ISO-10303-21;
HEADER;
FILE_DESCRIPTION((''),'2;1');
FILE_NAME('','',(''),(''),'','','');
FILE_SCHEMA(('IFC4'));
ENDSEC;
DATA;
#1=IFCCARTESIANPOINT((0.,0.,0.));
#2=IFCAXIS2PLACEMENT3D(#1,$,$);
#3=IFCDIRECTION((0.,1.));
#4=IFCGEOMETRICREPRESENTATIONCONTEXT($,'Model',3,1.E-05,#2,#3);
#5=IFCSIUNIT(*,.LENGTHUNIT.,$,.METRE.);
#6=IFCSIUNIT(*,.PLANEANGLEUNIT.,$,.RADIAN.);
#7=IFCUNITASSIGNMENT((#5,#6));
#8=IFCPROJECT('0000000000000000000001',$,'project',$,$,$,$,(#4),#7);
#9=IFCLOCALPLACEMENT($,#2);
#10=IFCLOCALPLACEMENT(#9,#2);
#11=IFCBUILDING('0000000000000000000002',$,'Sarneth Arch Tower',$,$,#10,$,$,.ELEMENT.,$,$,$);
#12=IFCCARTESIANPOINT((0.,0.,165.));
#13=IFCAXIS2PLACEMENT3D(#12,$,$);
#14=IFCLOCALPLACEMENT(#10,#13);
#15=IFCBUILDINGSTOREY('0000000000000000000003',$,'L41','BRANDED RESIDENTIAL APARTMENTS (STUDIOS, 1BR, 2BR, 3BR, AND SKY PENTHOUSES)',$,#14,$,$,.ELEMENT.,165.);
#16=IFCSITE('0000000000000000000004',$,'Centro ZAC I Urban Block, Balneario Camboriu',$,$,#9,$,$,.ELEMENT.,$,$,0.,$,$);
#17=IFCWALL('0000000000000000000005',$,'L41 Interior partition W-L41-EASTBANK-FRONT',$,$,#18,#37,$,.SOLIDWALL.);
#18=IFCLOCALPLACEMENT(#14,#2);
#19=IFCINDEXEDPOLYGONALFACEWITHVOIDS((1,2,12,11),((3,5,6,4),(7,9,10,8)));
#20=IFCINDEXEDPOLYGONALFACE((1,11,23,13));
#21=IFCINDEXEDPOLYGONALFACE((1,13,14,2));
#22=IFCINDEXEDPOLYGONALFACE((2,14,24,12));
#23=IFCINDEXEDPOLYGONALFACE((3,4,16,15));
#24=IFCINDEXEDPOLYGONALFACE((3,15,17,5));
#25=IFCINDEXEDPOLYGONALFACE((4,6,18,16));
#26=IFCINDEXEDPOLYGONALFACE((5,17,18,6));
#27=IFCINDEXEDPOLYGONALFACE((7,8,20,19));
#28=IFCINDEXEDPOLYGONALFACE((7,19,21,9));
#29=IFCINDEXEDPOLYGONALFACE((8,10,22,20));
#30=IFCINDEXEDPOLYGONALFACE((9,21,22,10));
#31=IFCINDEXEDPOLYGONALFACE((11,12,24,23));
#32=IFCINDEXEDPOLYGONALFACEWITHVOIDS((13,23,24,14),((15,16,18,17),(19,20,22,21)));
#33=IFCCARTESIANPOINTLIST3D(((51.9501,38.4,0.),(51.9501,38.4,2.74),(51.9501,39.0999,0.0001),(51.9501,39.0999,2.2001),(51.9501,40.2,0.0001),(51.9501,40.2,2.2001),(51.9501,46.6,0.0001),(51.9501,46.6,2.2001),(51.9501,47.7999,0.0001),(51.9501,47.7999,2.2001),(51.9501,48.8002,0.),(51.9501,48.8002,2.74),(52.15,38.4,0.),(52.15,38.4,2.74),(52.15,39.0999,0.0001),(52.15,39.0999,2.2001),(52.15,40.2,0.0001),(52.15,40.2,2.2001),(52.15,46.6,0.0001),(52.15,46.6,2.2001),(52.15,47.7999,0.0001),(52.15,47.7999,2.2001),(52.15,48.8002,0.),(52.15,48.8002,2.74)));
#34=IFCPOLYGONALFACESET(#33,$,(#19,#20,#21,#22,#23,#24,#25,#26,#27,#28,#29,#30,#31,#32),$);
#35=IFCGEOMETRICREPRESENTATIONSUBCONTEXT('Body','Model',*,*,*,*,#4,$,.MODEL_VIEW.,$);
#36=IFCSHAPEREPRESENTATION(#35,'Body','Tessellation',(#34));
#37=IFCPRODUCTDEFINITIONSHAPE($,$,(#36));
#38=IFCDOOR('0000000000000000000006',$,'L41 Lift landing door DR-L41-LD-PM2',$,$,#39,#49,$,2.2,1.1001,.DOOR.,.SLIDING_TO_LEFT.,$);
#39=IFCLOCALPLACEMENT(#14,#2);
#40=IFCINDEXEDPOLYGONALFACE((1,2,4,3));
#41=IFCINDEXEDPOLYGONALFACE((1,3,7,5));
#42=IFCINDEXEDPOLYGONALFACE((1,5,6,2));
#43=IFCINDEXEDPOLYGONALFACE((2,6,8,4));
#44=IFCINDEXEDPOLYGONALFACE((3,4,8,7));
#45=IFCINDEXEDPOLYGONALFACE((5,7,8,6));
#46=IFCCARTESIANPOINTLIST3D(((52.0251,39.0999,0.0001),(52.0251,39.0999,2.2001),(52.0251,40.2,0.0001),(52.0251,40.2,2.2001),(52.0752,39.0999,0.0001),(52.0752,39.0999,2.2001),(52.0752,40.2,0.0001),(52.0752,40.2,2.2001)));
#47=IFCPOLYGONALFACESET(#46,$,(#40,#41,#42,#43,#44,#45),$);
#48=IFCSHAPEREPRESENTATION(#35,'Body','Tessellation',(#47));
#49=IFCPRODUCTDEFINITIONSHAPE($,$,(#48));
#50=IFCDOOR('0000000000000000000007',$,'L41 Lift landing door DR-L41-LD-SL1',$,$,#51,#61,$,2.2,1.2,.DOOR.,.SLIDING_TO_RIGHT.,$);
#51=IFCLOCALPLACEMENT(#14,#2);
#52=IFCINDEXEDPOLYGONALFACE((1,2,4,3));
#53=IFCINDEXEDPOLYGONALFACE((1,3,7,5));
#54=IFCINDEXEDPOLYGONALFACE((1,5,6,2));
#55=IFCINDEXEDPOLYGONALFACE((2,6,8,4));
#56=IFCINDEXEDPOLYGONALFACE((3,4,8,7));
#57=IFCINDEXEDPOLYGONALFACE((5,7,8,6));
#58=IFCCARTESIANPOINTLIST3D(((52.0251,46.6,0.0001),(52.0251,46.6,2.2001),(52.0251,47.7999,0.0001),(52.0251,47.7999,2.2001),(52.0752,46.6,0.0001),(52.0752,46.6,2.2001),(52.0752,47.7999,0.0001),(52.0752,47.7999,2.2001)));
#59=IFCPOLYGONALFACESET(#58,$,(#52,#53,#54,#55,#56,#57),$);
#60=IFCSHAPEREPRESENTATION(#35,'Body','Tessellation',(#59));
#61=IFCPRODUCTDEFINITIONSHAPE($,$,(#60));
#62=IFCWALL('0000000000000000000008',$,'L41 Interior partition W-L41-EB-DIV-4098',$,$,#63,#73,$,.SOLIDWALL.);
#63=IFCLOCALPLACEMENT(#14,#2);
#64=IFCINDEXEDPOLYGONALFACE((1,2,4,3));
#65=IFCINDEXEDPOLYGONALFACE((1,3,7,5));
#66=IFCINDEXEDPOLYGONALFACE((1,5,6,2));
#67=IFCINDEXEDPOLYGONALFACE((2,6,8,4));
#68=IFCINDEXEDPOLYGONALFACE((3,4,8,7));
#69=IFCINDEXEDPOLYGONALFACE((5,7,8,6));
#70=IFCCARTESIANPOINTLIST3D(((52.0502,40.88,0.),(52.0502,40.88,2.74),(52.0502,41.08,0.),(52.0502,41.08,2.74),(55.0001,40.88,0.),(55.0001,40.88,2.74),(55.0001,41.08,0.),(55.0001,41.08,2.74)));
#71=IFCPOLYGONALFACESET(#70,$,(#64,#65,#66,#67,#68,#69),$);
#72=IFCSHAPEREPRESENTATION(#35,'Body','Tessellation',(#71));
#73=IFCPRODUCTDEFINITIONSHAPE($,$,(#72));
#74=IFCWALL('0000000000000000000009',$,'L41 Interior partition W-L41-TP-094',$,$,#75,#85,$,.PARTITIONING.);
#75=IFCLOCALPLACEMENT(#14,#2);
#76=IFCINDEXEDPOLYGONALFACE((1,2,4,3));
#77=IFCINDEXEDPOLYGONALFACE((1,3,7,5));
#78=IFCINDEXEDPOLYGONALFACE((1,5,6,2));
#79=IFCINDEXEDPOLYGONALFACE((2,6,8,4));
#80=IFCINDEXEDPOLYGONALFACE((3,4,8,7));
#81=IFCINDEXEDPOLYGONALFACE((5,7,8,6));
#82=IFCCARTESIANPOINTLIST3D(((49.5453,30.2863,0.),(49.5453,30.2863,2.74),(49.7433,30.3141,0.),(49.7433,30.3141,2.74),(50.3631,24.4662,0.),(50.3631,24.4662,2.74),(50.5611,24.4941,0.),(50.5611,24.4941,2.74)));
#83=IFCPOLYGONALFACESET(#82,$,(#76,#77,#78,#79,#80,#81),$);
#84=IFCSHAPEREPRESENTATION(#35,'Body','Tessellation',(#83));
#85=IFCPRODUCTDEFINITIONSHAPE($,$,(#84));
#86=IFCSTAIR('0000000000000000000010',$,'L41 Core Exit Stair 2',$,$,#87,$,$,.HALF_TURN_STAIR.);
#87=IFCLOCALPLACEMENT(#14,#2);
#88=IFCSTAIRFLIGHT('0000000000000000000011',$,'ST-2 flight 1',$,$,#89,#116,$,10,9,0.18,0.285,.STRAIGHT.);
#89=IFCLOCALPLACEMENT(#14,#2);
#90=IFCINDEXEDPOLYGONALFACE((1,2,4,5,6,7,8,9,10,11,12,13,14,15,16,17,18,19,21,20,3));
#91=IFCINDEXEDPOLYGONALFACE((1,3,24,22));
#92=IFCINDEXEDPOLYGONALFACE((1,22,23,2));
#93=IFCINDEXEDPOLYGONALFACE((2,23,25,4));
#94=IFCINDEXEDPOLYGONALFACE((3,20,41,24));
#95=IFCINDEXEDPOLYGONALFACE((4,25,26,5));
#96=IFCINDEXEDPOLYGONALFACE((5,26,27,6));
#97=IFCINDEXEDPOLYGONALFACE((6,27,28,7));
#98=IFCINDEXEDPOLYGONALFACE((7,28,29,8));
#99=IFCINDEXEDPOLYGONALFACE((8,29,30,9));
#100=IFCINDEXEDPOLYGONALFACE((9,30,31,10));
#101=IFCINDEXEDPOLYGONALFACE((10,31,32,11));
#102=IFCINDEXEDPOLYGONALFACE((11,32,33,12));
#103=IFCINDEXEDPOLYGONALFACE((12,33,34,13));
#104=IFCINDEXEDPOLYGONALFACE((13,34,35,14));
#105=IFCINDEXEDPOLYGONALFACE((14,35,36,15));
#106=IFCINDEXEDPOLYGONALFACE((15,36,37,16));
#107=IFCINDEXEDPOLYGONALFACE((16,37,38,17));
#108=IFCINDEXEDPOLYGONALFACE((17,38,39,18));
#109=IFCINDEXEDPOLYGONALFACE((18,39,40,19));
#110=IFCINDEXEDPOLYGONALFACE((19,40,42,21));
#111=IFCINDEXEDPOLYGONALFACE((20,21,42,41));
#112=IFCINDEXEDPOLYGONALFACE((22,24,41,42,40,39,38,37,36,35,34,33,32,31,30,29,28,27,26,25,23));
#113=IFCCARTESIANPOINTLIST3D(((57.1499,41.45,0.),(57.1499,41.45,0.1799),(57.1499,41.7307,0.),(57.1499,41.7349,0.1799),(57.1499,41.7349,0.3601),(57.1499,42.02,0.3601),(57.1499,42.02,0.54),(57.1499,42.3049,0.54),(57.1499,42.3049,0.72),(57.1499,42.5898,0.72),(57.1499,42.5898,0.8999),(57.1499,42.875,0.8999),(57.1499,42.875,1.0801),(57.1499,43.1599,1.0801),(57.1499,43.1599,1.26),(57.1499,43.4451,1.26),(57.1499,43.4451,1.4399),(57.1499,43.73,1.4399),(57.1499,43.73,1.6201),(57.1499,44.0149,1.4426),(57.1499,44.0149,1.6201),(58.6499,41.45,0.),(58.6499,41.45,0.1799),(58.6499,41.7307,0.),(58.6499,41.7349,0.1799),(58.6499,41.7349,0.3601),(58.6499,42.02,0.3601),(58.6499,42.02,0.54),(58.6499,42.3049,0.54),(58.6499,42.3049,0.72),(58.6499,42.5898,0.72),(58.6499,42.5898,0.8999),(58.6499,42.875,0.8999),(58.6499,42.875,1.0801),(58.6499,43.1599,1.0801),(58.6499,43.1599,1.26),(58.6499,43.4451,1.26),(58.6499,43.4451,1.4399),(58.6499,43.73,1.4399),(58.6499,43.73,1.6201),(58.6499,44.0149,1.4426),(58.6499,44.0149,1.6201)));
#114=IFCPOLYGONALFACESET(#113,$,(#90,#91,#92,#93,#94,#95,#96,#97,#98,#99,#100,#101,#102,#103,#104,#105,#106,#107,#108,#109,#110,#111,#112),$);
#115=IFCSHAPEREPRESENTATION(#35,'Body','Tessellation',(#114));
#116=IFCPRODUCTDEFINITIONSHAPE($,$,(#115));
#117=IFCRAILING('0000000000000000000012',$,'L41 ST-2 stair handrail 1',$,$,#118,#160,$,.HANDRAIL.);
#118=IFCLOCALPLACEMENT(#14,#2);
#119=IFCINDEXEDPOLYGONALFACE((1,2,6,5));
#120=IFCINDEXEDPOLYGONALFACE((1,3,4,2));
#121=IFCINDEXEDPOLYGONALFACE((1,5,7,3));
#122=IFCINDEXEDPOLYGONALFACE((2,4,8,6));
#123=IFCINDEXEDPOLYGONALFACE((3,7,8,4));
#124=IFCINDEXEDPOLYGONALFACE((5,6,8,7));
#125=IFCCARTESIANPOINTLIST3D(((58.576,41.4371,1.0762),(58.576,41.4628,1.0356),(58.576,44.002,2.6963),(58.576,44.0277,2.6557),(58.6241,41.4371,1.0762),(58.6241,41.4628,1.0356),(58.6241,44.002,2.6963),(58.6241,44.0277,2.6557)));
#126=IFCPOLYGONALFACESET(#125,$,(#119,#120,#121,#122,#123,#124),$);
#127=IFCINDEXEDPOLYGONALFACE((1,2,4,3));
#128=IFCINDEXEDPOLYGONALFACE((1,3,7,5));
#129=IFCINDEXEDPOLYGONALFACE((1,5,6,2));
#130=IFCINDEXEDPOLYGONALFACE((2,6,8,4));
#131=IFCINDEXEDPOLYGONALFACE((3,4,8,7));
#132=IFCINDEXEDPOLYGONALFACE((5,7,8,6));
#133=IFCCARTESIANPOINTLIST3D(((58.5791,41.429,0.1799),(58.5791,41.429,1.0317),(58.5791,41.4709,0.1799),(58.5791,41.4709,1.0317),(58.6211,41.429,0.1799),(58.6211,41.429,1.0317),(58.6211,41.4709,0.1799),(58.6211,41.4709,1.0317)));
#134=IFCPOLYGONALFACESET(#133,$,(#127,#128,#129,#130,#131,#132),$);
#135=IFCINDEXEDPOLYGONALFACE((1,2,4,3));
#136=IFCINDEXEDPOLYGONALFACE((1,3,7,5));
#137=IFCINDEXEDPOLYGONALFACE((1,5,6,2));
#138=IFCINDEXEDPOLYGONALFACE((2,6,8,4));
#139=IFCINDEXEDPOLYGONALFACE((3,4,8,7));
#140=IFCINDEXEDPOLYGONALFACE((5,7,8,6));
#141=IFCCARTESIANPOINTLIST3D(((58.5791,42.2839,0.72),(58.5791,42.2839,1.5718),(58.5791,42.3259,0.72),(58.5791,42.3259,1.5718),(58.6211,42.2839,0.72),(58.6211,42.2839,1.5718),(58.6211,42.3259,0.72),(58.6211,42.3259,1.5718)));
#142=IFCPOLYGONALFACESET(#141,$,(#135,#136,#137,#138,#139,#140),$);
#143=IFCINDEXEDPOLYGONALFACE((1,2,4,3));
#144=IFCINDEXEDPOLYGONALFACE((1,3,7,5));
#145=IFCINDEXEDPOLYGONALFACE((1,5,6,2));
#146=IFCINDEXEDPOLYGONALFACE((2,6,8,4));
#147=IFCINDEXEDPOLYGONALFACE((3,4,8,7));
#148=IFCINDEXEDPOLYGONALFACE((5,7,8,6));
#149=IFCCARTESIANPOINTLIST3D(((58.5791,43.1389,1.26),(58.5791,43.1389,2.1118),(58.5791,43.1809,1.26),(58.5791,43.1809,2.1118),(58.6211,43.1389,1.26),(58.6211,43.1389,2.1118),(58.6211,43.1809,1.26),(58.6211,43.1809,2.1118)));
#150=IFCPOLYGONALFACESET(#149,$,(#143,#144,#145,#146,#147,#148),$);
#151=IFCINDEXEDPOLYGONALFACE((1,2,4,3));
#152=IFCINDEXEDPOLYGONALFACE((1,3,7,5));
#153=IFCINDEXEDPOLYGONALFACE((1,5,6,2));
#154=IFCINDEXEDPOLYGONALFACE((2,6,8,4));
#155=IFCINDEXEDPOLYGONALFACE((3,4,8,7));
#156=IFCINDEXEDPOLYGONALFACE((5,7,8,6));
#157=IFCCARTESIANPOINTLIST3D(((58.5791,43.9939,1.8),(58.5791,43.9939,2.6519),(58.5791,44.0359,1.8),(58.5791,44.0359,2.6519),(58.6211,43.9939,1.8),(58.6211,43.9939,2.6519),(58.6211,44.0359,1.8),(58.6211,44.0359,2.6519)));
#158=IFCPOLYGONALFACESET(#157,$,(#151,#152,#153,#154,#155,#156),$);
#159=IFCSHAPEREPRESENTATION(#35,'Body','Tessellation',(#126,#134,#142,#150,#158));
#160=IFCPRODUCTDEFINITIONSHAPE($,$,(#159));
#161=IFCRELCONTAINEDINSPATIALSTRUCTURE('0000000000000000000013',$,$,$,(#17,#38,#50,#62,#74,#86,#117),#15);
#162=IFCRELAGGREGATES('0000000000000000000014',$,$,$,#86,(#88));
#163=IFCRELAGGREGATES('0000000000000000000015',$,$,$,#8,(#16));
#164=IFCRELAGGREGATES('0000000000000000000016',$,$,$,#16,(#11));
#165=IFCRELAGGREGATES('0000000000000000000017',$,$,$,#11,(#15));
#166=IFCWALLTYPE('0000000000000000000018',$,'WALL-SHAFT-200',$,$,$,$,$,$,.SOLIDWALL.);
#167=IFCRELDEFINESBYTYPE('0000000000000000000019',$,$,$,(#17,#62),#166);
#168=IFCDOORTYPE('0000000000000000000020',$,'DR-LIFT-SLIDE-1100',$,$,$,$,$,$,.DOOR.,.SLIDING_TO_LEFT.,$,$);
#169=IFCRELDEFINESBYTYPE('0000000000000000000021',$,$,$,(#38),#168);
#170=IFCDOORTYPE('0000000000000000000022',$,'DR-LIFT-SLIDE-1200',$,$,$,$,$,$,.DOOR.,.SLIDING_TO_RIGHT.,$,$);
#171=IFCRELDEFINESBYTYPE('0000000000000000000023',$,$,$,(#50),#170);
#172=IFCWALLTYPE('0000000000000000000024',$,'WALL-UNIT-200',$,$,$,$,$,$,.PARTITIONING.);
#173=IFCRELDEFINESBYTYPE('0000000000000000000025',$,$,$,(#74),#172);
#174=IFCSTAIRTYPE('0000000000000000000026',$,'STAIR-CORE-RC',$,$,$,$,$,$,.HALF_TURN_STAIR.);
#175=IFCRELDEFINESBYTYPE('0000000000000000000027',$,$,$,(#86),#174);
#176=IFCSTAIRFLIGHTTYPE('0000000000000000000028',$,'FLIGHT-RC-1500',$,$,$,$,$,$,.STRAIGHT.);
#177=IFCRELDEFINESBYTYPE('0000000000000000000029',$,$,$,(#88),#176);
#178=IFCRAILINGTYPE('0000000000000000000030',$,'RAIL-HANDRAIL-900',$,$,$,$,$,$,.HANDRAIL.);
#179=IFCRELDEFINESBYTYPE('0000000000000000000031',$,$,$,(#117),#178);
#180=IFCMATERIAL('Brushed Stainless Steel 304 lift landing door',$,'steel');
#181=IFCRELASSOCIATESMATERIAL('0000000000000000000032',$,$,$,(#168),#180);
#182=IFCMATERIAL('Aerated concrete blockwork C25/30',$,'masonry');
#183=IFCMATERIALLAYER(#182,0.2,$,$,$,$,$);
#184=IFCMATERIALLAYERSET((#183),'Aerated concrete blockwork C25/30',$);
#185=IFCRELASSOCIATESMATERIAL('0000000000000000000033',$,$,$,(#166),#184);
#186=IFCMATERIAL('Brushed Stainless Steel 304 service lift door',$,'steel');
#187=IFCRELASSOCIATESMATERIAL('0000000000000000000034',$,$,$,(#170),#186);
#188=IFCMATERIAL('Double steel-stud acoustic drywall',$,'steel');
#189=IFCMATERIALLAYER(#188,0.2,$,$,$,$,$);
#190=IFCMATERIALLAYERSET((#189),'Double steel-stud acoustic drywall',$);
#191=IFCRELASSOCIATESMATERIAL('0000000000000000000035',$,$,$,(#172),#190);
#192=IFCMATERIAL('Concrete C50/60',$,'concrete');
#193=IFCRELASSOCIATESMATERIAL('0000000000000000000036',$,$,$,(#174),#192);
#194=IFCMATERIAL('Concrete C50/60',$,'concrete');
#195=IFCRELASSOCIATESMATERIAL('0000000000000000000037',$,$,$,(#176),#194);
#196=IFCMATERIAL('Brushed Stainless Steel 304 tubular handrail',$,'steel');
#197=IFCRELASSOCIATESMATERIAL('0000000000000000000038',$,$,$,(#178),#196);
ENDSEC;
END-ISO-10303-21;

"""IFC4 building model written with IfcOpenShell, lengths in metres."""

from ifc_helpers import new_model, si_unit, direction, frame, frame_2d, origin, origin_2d, place, context, subcontext, project, spatial, polyline, rectangle, outline, extrude, material, layer, layer_set, type_object, element, fill, aggregate, save


model = new_model("IFC4")

# Units and contexts
model_context = context("Model", 3, precision=1e-05, world=origin(), true_north=direction((0.0, 1.0)))
body_context = subcontext(model_context, "Body", "Model", "MODEL_VIEW")
ifc_project = project(units=[si_unit("LENGTHUNIT", "METRE"), si_unit("PLANEANGLEUNIT", "RADIAN")], contexts=[model_context])

# Site, building, storey
site_placement = place(None, origin())
site = spatial("IfcSite", under=ifc_project, at=site_placement, Name="Centro ZAC I Urban Block, Balneario Camboriu", CompositionType="ELEMENT", RefElevation=0.0)
building_placement = place(site_placement, origin())
building = spatial("IfcBuilding", under=site, at=building_placement, Name="Sarneth Arch Tower", CompositionType="ELEMENT")
storey_placement = place(building_placement, frame((0.0, 0.0, 165.0)))
storey = spatial("IfcBuildingStorey", under=building, at=storey_placement, Name="L41", Description="BRANDED RESIDENTIAL APARTMENTS (STUDIOS, 1BR, 2BR, 3BR, AND SKY PENTHOUSES)", CompositionType="ELEMENT", Elevation=165.0)

# Shared definitions
ifc_material_1 = material(Name="Brushed Stainless Steel 304 lift landing door", Category="steel")
door_type_1 = type_object("IfcDoorType", Name="DR-LIFT-SLIDE-1100", OperationType="SLIDING_TO_LEFT", PredefinedType="DOOR", material=ifc_material_1)

# Shared definitions
ifc_material_2 = material(Name="Aerated concrete blockwork C25/30", Category="masonry")
ifc_layer_1 = layer(ifc_material_2, 0.2)
ifc_layer_set_1 = layer_set([ifc_layer_1], Name="Aerated concrete blockwork C25/30")
wall_type_1 = type_object("IfcWallType", Name="WALL-SHAFT-200", PredefinedType="SOLIDWALL", material=ifc_layer_set_1)

# Wall, openings, doors
wall_1_placement = place(storey_placement, frame((52.05, 38.3999, 0.0), z_axis=(0.0, 0.0, 1.0), x_axis=(0.0, 1.0, 0.0)))
wall_1 = element("IfcWall", 1, at=wall_1_placement, inside=storey, type_object=wall_type_1, Name="L41 Interior partition W-L41-EASTBANK-FRONT", PredefinedType="SOLIDWALL", context=body_context, shape_type="SweptSolid", body=[
    extrude(rectangle(XDim=10.4001, YDim=0.2, at=frame_2d((5.2002, 0.0))), origin(), (0.0, 0.0, 1.0), 2.74),
])
opening_1_placement = place(wall_1_placement, frame((0.7, 0.0, 0.0)))
opening_1 = element("IfcOpeningElement", 2, at=opening_1_placement, cuts=wall_1, PredefinedType="OPENING", context=body_context, shape_type="SweptSolid", body=[
    extrude(rectangle(XDim=1.1001, YDim=2.2, at=frame_2d((0.55, 1.1001))), frame((0.0, 0.1099, 0.0), z_axis=(0.0, -1.0, 0.0), x_axis=(1.0, 0.0, 0.0)), (0.0, 0.0, 1.0), 0.22),
])
opening_2_placement = place(wall_1_placement, frame((8.2, 0.0, 0.0)))
opening_2 = element("IfcOpeningElement", 3, at=opening_2_placement, cuts=wall_1, PredefinedType="OPENING", context=body_context, shape_type="SweptSolid", body=[
    extrude(rectangle(XDim=1.2, YDim=2.2, at=frame_2d((0.6001, 1.1001))), frame((0.0, 0.1099, 0.0), z_axis=(0.0, -1.0, 0.0), x_axis=(1.0, 0.0, 0.0)), (0.0, 0.0, 1.0), 0.22),
])
door_1_placement = place(opening_1_placement, origin())
door_1 = element("IfcDoor", 4, at=door_1_placement, inside=storey, type_object=door_type_1, Name="L41 Lift landing door DR-L41-LD-PM2", OperationType="SLIDING_TO_LEFT", OverallHeight=2.2, OverallWidth=1.1001, PredefinedType="DOOR", context=body_context, shape_type="SweptSolid", body=[
    extrude(rectangle(XDim=1.1001, YDim=2.2, at=frame_2d((0.55, 1.1001))), frame((0.0, 0.0249, 0.0), z_axis=(0.0, -1.0, 0.0), x_axis=(1.0, 0.0, 0.0)), (0.0, 0.0, 1.0), 0.05),
])
fill(opening_1, door_1)
ifc_material_3 = material(Name="Brushed Stainless Steel 304 service lift door", Category="steel")
door_type_2 = type_object("IfcDoorType", Name="DR-LIFT-SLIDE-1200", OperationType="SLIDING_TO_RIGHT", PredefinedType="DOOR", material=ifc_material_3)
door_2_placement = place(opening_2_placement, origin())
door_2 = element("IfcDoor", 5, at=door_2_placement, inside=storey, type_object=door_type_2, Name="L41 Lift landing door DR-L41-LD-SL1", OperationType="SLIDING_TO_RIGHT", OverallHeight=2.2, OverallWidth=1.2, PredefinedType="DOOR", context=body_context, shape_type="SweptSolid", body=[
    extrude(rectangle(XDim=1.2, YDim=2.2, at=frame_2d((0.6001, 1.1001))), frame((0.0, 0.0249, 0.0), z_axis=(0.0, -1.0, 0.0), x_axis=(1.0, 0.0, 0.0)), (0.0, 0.0, 1.0), 0.05),
])
fill(opening_2, door_2)

# Walls
wall_2_placement = place(storey_placement, frame((52.05, 40.98, 0.0), z_axis=(0.0, 0.0, 1.0), x_axis=(1.0, 0.0, 0.0)))
element("IfcWall", 6, at=wall_2_placement, inside=storey, type_object=wall_type_1, Name="L41 Interior partition W-L41-EB-DIV-4098", PredefinedType="SOLIDWALL", context=body_context, shape_type="SweptSolid", body=[
    extrude(rectangle(XDim=2.95, YDim=0.2, at=frame_2d((1.4751, 0.0))), origin(), (0.0, 0.0, 1.0), 2.74),
])
ifc_material_4 = material(Name="Double steel-stud acoustic drywall", Category="steel")
ifc_layer_2 = layer(ifc_material_4, 0.2)
ifc_layer_set_2 = layer_set([ifc_layer_2], Name="Double steel-stud acoustic drywall")
wall_type_2 = type_object("IfcWallType", Name="WALL-UNIT-200", PredefinedType="PARTITIONING", material=ifc_layer_set_2)
wall_3_placement = place(storey_placement, frame((49.6443, 30.3, 0.0), z_axis=(0.0, 0.0, 1.0), x_axis=(0.139159, -0.99027, 0.0)))
element("IfcWall", 7, at=wall_3_placement, inside=storey, type_object=wall_type_2, Name="L41 Interior partition W-L41-TP-094", PredefinedType="PARTITIONING", context=body_context, shape_type="SweptSolid", body=[
    extrude(rectangle(XDim=5.8772, YDim=0.2, at=frame_2d((2.9385, 0.0))), origin(), (0.0, 0.0, 1.0), 2.74),
])

# Stair, stair flight
ifc_material_5 = material(Name="Concrete C50/60", Category="concrete")
stair_type = type_object("IfcStairType", Name="STAIR-CORE-RC", PredefinedType="HALF_TURN_STAIR", material=ifc_material_5)
stair_placement = place(storey_placement, origin())
stair = element("IfcStair", 8, at=stair_placement, inside=storey, type_object=stair_type, Name="L41 Core Exit Stair 2", PredefinedType="HALF_TURN_STAIR")
ifc_material_6 = material(Name="Concrete C50/60", Category="concrete")
stair_flight_type = type_object("IfcStairFlightType", Name="FLIGHT-RC-1500", PredefinedType="STRAIGHT", material=ifc_material_6)
stair_flight_placement = place(storey_placement, frame((57.8999, 41.45, 0.0), z_axis=(0.0, 0.0, 1.0), x_axis=(0.0, 1.0, 0.0)))
stair_flight = element("IfcStairFlight", 9, at=stair_flight_placement, type_object=stair_flight_type, Name="ST-2 flight 1", NumberOfRisers=10, NumberOfTreads=9, PredefinedType="STRAIGHT", RiserHeight=0.18, TreadLength=0.285, context=body_context, shape_type="SweptSolid", body=[
    extrude(outline(polyline([(0.0, 0.0), (0.0, 0.1799), (0.2849, 0.1799), (0.2849, 0.3601), (0.5701, 0.3601), (0.5701, 0.54), (0.855, 0.54), (0.855, 0.72), (1.1399, 0.72), (1.1399, 0.8999), (1.425, 0.8999), (1.425, 1.0801), (1.71, 1.0801), (1.71, 1.26), (1.9951, 1.26), (1.9951, 1.4399), (2.28, 1.4399), (2.28, 1.6201), (2.5649, 1.6201), (2.5649, 1.8), (2.5649, 1.4426), (0.2808, 0.0), (0.0, 0.0)])), frame((0.0, 0.75, 0.0), z_axis=(0.0, -1.0, 0.0), x_axis=(1.0, 0.0, 0.0)), (0.0, 0.0, 1.0), 1.5),
])
aggregate(stair, [stair_flight])

# Railing
ifc_material_7 = material(Name="Brushed Stainless Steel 304 tubular handrail", Category="steel")
railing_type_1 = type_object("IfcRailingType", Name="RAIL-HANDRAIL-900", PredefinedType="HANDRAIL", material=ifc_material_7)
railing_1_placement = place(storey_placement, frame((58.6001, 41.45, 0.1799)))
element("IfcRailing", 10, at=railing_1_placement, inside=storey, type_object=railing_type_1, Name="L41 ST-2 stair handrail 1", PredefinedType="HANDRAIL", context=body_context, shape_type="SweptSolid", body=[
    extrude(rectangle(XDim=0.0481, YDim=0.0481, at=origin_2d()), frame((0.0, 0.0, 0.876), z_axis=(0.0, 0.845466, 0.534029), x_axis=(-1.0, 0.0, 0.0)), (0.0, 0.0, 1.0), 3.0337),
    extrude(rectangle(XDim=0.042, YDim=0.042, at=origin_2d()), origin(), (0.0, 0.0, 1.0), 0.8518),
    extrude(rectangle(XDim=0.042, YDim=0.042, at=origin_2d()), frame((0.0, 0.855, 0.54)), (0.0, 0.0, 1.0), 0.8518),
    extrude(rectangle(XDim=0.042, YDim=0.042, at=origin_2d()), frame((0.0, 1.71, 1.0801)), (0.0, 0.0, 1.0), 0.8518),
    extrude(rectangle(XDim=0.042, YDim=0.042, at=origin_2d()), frame((0.0, 2.5649, 1.6201)), (0.0, 0.0, 1.0), 0.8518),
])

save(model, "model.ifc")
